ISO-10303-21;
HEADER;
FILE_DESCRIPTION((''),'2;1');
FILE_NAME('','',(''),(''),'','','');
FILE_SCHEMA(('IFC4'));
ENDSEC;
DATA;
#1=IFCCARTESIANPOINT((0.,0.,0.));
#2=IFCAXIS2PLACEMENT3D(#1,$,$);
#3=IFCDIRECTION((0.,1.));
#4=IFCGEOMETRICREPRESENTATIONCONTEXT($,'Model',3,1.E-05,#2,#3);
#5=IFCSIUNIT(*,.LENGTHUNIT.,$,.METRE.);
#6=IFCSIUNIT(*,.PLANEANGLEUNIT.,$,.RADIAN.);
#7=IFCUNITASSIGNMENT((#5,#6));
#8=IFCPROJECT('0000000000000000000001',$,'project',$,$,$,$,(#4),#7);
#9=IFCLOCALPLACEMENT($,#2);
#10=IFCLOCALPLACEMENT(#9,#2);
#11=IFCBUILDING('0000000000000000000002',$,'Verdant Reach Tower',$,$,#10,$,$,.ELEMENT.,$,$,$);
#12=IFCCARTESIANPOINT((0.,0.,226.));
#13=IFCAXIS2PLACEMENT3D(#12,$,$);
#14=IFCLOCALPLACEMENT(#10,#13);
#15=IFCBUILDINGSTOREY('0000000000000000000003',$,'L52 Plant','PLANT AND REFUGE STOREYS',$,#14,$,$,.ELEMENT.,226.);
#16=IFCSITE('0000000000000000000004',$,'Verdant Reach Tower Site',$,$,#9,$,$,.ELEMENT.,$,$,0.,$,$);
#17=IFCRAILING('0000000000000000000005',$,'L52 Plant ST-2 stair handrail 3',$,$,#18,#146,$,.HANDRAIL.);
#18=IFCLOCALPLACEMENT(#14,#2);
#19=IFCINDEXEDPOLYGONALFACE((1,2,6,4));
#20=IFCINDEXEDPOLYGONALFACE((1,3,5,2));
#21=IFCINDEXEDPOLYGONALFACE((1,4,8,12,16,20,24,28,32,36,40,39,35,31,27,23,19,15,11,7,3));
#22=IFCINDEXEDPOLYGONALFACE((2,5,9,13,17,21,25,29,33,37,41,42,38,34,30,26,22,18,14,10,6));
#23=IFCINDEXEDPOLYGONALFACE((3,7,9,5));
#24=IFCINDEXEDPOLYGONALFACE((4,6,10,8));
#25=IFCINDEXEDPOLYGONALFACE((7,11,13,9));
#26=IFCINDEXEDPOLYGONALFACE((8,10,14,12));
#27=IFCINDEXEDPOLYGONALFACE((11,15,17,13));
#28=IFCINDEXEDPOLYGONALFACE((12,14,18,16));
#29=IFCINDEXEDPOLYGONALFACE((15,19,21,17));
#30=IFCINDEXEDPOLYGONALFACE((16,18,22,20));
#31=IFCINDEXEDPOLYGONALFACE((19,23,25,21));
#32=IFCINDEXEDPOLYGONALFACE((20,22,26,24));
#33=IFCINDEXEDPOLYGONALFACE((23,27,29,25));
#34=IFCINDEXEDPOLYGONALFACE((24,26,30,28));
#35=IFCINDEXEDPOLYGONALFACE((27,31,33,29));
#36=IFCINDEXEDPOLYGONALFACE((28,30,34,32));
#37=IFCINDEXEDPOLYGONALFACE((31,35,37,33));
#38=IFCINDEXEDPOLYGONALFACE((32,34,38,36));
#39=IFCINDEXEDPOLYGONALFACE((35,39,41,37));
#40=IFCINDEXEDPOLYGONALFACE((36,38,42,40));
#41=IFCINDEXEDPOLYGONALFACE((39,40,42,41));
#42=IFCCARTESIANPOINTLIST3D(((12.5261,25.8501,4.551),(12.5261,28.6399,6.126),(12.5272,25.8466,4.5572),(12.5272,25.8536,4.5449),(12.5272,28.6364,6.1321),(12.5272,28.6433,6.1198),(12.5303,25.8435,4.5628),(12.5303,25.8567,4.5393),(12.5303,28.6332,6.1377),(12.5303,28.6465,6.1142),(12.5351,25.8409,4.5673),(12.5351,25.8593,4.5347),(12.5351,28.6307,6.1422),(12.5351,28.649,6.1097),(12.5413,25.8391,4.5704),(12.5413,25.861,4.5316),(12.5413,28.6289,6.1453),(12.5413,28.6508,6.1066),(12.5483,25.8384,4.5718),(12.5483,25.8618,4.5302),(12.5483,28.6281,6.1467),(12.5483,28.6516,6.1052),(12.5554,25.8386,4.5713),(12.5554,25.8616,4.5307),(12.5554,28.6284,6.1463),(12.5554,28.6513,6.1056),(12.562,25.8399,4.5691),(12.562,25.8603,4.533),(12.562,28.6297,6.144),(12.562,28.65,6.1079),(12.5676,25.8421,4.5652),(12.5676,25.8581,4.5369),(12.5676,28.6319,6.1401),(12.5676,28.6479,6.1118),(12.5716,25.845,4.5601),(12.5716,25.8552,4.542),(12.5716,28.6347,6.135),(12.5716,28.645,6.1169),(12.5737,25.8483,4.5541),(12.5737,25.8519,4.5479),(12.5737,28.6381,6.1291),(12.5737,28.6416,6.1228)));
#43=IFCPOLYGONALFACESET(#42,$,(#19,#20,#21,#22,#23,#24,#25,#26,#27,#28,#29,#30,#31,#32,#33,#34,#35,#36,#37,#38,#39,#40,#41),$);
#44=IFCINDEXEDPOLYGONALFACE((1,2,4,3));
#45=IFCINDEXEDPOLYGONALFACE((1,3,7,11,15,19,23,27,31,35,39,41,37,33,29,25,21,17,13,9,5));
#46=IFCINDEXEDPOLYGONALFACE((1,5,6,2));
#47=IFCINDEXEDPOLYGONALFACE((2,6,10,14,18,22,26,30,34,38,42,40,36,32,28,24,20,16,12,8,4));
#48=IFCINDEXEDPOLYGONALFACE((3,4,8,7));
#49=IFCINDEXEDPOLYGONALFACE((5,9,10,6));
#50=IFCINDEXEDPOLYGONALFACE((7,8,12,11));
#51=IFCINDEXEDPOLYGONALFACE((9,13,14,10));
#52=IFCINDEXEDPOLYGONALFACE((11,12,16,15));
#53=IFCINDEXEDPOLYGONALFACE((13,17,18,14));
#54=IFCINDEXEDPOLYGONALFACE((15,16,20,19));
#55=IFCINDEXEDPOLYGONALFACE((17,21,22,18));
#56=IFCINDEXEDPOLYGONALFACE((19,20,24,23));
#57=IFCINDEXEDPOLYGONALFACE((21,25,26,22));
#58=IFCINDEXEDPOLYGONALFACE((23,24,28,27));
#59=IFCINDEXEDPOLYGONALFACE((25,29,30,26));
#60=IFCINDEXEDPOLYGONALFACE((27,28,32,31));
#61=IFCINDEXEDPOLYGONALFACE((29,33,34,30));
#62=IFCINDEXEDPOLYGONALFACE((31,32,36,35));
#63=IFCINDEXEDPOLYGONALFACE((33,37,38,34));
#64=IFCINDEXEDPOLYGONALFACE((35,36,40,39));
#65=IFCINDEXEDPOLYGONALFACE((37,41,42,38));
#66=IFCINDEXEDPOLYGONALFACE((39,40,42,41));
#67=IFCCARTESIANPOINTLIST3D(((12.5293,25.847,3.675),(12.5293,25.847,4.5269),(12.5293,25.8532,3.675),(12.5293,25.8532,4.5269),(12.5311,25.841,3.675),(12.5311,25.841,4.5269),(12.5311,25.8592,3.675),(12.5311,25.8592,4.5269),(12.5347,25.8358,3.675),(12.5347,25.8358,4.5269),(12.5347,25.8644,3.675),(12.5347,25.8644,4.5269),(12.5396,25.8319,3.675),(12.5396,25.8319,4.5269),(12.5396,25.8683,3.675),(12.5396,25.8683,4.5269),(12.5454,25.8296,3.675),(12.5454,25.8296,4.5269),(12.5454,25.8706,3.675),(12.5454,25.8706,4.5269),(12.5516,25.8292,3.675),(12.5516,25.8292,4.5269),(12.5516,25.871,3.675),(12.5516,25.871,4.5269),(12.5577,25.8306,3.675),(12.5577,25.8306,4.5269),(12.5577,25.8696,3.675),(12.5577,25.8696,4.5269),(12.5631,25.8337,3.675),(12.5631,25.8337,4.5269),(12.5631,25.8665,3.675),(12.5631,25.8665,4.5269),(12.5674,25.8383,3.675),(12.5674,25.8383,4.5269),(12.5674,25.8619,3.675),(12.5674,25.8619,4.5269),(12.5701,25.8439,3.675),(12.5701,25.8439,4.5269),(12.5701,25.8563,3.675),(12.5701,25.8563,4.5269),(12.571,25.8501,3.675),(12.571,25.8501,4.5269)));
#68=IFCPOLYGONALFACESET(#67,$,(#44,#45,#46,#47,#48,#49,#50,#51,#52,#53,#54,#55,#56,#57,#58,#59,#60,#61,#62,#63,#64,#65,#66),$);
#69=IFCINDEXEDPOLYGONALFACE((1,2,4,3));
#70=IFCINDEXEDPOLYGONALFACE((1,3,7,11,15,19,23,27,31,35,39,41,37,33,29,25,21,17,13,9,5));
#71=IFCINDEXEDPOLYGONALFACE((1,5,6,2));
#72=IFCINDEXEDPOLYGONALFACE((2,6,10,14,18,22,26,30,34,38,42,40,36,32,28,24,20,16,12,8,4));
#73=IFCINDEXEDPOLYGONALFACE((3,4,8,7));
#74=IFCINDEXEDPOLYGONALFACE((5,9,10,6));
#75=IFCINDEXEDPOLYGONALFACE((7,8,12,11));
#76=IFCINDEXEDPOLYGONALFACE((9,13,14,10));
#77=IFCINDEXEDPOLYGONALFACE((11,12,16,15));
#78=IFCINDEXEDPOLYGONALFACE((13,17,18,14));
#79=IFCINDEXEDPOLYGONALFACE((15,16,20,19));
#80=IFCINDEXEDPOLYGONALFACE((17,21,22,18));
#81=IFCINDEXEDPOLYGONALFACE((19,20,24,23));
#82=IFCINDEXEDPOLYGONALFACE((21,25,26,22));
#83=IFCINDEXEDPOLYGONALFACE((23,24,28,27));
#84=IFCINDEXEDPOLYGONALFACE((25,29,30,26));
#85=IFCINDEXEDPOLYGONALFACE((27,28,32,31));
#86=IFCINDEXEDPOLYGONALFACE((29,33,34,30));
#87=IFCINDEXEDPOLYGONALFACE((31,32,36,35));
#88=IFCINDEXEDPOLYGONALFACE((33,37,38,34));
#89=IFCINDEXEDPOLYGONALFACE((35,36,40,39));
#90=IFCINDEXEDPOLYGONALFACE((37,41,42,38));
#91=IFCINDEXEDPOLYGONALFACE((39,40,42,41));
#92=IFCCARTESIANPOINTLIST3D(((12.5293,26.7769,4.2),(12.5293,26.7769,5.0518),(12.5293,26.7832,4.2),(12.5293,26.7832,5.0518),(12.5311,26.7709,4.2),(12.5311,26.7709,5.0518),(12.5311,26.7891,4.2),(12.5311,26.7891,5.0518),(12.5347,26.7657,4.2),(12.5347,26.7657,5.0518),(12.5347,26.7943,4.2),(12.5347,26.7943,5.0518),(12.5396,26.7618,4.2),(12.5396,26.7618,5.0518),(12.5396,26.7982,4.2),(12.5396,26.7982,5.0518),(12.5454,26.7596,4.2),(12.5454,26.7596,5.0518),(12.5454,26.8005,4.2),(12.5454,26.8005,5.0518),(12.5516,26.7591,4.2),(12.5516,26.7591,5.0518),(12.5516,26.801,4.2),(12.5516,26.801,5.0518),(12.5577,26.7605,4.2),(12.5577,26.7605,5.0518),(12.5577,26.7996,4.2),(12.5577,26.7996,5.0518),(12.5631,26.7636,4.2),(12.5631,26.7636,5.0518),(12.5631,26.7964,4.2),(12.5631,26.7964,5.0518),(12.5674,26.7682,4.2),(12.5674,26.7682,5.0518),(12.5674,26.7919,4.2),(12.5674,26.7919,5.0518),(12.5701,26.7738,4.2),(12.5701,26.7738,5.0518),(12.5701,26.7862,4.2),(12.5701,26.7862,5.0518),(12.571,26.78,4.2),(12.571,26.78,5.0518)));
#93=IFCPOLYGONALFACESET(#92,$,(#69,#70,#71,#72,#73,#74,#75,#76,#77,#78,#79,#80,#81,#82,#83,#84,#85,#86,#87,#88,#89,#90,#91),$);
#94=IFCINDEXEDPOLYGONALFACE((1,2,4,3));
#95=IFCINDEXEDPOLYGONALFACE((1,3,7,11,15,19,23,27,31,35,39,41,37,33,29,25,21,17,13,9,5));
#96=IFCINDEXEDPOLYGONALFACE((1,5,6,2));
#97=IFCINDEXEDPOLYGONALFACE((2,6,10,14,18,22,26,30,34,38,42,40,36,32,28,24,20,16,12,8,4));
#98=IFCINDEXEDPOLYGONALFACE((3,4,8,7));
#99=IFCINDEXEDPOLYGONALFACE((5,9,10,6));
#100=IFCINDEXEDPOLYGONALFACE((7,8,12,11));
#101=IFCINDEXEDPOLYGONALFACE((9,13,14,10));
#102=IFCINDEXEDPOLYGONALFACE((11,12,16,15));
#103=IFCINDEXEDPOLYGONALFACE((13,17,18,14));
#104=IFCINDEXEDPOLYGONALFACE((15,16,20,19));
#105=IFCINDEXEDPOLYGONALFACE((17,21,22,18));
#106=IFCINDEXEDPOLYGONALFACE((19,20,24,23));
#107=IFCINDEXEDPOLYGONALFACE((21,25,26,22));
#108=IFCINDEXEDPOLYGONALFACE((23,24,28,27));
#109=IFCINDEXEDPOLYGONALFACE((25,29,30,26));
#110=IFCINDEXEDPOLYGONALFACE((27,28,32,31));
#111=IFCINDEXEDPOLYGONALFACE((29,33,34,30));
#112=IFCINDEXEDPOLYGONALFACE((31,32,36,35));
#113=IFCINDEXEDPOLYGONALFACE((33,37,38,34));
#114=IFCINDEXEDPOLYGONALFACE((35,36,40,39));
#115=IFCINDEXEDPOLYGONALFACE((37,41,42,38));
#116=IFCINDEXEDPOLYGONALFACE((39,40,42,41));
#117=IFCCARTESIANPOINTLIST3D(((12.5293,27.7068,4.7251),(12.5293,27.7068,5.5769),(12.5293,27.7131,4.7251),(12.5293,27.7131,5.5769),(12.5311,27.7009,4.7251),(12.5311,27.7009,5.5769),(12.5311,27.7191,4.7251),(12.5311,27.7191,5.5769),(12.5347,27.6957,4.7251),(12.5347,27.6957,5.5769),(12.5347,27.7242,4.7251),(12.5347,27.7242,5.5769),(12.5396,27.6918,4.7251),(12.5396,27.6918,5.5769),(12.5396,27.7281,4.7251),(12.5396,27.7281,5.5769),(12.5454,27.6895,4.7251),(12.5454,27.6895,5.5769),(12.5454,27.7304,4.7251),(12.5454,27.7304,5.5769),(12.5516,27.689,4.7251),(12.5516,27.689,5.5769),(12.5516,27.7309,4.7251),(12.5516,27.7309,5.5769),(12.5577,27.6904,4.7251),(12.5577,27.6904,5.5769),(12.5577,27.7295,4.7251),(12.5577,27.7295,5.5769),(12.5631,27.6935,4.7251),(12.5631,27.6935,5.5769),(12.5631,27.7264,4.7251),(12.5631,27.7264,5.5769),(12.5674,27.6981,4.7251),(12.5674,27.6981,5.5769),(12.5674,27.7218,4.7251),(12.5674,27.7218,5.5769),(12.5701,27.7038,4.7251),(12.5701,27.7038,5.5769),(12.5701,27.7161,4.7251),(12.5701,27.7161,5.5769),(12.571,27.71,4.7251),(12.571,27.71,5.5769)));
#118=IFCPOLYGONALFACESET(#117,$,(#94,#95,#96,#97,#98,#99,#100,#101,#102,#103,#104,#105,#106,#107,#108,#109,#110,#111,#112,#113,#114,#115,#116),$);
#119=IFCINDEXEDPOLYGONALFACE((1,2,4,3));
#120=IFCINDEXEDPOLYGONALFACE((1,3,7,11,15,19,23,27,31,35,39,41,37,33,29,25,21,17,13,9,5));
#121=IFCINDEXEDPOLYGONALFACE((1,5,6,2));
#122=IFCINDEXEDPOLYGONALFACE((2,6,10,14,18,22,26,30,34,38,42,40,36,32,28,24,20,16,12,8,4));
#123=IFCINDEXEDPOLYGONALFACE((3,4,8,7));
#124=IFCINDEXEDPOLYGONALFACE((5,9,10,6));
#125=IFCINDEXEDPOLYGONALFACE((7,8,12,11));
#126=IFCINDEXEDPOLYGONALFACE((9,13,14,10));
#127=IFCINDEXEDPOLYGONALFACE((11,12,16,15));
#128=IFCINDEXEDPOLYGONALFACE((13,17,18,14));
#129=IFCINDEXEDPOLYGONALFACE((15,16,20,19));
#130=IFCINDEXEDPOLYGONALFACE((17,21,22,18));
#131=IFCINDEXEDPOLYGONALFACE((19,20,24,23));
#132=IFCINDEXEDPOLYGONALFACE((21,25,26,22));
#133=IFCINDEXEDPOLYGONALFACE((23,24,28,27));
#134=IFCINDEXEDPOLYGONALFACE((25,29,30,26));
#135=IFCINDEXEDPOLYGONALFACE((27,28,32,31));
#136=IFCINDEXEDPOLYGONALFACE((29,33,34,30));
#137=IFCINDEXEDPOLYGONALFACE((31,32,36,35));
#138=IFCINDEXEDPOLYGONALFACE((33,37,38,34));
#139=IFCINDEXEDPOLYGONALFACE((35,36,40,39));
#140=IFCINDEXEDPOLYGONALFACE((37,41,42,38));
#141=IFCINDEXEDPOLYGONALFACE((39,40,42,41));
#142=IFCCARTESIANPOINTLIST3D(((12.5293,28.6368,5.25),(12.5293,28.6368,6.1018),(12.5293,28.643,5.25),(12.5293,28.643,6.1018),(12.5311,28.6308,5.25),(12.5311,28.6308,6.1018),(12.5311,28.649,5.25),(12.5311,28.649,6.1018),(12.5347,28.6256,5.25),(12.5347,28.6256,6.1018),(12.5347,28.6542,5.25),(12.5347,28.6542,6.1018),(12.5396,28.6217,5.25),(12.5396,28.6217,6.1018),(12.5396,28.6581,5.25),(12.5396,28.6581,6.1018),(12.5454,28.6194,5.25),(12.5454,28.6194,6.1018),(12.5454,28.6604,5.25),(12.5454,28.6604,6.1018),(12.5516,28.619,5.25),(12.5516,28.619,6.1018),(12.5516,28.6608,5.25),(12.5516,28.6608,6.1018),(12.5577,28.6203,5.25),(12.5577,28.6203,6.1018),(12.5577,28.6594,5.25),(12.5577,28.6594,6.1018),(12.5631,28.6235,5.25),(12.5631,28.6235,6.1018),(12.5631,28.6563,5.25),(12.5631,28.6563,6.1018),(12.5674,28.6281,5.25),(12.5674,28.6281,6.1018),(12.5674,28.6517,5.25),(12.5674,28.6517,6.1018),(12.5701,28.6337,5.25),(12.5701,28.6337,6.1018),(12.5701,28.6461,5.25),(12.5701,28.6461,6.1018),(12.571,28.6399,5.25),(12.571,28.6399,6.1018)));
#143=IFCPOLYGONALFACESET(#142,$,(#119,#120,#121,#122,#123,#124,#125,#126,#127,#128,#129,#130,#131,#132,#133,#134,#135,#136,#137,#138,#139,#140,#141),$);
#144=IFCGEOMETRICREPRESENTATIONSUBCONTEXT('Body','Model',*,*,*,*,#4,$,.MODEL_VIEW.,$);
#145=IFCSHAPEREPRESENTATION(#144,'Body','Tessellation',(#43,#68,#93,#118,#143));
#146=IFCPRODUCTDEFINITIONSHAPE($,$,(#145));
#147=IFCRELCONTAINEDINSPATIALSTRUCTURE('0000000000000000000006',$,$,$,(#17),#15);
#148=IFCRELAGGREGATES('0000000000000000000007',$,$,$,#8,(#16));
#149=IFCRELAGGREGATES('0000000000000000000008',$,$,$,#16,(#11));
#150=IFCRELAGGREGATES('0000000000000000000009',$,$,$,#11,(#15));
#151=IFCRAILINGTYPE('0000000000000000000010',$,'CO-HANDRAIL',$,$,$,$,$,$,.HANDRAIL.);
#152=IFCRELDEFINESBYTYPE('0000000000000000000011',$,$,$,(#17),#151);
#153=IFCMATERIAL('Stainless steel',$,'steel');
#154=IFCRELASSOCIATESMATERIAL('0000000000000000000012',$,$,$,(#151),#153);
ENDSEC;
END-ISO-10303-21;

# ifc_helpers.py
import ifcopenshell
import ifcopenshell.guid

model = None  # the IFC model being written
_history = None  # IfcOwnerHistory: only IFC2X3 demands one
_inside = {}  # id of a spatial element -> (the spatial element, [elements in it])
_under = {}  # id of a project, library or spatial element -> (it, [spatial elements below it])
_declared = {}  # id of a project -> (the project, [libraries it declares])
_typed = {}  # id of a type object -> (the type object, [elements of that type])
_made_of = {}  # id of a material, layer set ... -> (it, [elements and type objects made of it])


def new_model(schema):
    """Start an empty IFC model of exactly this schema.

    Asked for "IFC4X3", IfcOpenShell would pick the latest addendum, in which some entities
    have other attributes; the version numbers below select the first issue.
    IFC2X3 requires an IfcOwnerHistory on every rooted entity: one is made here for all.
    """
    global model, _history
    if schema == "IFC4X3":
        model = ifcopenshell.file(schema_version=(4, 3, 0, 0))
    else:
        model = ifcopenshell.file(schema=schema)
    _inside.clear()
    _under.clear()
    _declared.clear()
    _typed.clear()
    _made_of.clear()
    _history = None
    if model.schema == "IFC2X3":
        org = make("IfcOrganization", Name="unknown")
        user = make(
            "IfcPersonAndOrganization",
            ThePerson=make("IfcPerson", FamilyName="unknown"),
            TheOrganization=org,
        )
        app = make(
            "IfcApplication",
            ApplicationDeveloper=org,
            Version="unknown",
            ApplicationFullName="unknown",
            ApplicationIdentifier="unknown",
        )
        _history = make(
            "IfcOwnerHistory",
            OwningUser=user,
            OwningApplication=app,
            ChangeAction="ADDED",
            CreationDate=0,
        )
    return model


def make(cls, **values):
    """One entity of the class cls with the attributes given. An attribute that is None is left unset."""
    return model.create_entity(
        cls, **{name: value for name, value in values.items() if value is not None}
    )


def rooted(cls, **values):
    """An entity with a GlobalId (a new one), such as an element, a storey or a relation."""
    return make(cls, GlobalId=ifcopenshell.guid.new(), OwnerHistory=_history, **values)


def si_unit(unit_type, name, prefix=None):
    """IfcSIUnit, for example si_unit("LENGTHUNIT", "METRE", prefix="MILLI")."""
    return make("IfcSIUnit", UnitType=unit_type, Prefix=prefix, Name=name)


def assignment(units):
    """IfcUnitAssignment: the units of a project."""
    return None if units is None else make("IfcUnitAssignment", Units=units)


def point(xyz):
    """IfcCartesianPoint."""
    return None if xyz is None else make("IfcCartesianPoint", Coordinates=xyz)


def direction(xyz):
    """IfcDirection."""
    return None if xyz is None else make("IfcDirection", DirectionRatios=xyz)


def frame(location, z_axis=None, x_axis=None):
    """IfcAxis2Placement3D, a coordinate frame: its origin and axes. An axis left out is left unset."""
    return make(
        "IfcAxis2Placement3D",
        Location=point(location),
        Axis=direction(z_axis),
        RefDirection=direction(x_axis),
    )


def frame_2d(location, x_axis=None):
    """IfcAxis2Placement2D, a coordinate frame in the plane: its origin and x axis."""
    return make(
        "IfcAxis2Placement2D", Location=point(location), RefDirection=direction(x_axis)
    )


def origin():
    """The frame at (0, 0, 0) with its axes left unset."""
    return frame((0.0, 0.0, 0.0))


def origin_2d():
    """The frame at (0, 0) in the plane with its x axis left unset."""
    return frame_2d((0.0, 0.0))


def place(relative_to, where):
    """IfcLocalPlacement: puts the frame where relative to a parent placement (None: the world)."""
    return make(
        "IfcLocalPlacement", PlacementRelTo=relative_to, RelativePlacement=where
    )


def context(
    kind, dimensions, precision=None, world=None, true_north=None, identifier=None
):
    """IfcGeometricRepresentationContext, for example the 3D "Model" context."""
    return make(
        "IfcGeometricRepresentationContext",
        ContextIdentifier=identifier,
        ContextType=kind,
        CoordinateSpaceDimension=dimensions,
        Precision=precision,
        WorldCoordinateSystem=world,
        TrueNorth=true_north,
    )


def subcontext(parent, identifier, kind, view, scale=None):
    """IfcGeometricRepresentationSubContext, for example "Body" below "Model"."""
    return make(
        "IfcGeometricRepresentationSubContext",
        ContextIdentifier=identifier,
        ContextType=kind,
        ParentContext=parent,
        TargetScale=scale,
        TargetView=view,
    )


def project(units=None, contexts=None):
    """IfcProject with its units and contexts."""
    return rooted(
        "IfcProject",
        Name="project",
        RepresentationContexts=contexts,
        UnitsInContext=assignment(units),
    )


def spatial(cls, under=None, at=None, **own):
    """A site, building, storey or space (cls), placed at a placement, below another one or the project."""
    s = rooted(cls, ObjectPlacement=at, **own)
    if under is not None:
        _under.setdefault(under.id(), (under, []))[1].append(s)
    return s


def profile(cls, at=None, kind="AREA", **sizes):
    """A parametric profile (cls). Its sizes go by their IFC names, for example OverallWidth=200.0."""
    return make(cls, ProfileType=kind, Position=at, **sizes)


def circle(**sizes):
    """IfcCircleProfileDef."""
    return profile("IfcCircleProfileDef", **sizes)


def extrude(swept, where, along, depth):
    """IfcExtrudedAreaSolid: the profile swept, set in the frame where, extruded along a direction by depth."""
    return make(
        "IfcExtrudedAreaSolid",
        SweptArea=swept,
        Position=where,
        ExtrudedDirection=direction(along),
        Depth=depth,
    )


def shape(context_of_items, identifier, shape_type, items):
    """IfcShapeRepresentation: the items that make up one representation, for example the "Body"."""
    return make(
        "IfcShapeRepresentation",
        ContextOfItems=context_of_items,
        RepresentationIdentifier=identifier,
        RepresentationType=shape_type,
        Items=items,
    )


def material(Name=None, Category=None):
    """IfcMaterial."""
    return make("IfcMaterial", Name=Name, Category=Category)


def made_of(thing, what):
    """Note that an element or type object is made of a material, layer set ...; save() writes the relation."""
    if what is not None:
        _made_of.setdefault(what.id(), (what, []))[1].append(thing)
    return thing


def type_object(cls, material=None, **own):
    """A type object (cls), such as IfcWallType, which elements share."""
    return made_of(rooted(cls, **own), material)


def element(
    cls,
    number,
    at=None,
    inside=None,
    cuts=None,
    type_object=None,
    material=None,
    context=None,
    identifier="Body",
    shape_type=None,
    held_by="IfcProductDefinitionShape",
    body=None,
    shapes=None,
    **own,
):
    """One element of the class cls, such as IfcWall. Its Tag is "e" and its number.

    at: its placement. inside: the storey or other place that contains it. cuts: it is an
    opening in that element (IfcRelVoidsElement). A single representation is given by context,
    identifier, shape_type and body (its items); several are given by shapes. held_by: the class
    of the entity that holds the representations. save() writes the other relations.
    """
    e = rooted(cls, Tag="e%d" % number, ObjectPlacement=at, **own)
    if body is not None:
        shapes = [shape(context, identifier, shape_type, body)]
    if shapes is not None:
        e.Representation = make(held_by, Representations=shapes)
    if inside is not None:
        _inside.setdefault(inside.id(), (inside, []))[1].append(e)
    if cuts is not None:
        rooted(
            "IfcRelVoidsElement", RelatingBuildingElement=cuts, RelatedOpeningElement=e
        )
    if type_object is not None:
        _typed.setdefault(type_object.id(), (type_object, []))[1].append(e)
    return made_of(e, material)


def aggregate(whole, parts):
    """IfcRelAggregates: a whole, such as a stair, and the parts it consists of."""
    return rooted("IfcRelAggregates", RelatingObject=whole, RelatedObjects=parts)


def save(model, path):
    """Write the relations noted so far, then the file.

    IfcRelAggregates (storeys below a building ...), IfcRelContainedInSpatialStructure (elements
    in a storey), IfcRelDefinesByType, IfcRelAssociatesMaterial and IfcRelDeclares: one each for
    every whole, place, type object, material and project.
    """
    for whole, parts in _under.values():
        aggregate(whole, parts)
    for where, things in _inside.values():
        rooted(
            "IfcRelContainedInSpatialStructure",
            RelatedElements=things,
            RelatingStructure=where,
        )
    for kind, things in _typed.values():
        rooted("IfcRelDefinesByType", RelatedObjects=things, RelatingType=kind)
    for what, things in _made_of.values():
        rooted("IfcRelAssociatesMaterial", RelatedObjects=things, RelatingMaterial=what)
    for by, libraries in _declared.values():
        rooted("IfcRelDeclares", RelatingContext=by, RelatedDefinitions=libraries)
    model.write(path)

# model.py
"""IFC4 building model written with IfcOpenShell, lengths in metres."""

from ifc_helpers import new_model, si_unit, direction, frame, origin, origin_2d, place, context, subcontext, project, spatial, circle, extrude, material, type_object, element, save


model = new_model("IFC4")

# Units and contexts
model_context = context("Model", 3, precision=1e-05, world=origin(), true_north=direction((0.0, 1.0)))
body_context = subcontext(model_context, "Body", "Model", "MODEL_VIEW")
ifc_project = project(units=[si_unit("LENGTHUNIT", "METRE"), si_unit("PLANEANGLEUNIT", "RADIAN")], contexts=[model_context])

# Site, building, storey
site_placement = place(None, origin())
site = spatial("IfcSite", under=ifc_project, at=site_placement, Name="Verdant Reach Tower Site", CompositionType="ELEMENT", RefElevation=0.0)
building_placement = place(site_placement, origin())
building = spatial("IfcBuilding", under=site, at=building_placement, Name="Verdant Reach Tower", CompositionType="ELEMENT")
storey_placement = place(building_placement, frame((0.0, 0.0, 226.0)))
storey = spatial("IfcBuildingStorey", under=building, at=storey_placement, Name="L52 Plant", Description="PLANT AND REFUGE STOREYS", CompositionType="ELEMENT", Elevation=226.0)

# Railing
ifc_material_1 = material(Name="Stainless steel", Category="steel")
railing_type_1 = type_object("IfcRailingType", Name="CO-HANDRAIL", PredefinedType="HANDRAIL", material=ifc_material_1)
for number, where, name in (
    (1, (12.55, 25.8501, 3.675), "L52 Plant ST-2 stair handrail 3"),
):
    element("IfcRailing", number, at=place(storey_placement, frame(where)), inside=storey, type_object=railing_type_1, Name=name, PredefinedType="HANDRAIL", context=body_context, shape_type="SweptSolid", body=[
        extrude(circle(Radius=0.0239, at=origin_2d()), frame((0.0, 0.0, 0.876), z_axis=(0.0, 0.870815, 0.49161), x_axis=(-1.0, 0.0, 0.0)), (0.0, 0.0, 1.0), 3.2036),
        extrude(circle(Radius=0.021, at=origin_2d()), origin(), (0.0, 0.0, 1.0), 0.8518),
        extrude(circle(Radius=0.021, at=origin_2d()), frame((0.0, 0.9299, 0.5249)), (0.0, 0.0, 1.0), 0.8518),
        extrude(circle(Radius=0.021, at=origin_2d()), frame((0.0, 1.8599, 1.05)), (0.0, 0.0, 1.0), 0.8518),
        extrude(circle(Radius=0.021, at=origin_2d()), frame((0.0, 2.7898, 1.575)), (0.0, 0.0, 1.0), 0.8518),
    ])

save(model, "model.ifc")
